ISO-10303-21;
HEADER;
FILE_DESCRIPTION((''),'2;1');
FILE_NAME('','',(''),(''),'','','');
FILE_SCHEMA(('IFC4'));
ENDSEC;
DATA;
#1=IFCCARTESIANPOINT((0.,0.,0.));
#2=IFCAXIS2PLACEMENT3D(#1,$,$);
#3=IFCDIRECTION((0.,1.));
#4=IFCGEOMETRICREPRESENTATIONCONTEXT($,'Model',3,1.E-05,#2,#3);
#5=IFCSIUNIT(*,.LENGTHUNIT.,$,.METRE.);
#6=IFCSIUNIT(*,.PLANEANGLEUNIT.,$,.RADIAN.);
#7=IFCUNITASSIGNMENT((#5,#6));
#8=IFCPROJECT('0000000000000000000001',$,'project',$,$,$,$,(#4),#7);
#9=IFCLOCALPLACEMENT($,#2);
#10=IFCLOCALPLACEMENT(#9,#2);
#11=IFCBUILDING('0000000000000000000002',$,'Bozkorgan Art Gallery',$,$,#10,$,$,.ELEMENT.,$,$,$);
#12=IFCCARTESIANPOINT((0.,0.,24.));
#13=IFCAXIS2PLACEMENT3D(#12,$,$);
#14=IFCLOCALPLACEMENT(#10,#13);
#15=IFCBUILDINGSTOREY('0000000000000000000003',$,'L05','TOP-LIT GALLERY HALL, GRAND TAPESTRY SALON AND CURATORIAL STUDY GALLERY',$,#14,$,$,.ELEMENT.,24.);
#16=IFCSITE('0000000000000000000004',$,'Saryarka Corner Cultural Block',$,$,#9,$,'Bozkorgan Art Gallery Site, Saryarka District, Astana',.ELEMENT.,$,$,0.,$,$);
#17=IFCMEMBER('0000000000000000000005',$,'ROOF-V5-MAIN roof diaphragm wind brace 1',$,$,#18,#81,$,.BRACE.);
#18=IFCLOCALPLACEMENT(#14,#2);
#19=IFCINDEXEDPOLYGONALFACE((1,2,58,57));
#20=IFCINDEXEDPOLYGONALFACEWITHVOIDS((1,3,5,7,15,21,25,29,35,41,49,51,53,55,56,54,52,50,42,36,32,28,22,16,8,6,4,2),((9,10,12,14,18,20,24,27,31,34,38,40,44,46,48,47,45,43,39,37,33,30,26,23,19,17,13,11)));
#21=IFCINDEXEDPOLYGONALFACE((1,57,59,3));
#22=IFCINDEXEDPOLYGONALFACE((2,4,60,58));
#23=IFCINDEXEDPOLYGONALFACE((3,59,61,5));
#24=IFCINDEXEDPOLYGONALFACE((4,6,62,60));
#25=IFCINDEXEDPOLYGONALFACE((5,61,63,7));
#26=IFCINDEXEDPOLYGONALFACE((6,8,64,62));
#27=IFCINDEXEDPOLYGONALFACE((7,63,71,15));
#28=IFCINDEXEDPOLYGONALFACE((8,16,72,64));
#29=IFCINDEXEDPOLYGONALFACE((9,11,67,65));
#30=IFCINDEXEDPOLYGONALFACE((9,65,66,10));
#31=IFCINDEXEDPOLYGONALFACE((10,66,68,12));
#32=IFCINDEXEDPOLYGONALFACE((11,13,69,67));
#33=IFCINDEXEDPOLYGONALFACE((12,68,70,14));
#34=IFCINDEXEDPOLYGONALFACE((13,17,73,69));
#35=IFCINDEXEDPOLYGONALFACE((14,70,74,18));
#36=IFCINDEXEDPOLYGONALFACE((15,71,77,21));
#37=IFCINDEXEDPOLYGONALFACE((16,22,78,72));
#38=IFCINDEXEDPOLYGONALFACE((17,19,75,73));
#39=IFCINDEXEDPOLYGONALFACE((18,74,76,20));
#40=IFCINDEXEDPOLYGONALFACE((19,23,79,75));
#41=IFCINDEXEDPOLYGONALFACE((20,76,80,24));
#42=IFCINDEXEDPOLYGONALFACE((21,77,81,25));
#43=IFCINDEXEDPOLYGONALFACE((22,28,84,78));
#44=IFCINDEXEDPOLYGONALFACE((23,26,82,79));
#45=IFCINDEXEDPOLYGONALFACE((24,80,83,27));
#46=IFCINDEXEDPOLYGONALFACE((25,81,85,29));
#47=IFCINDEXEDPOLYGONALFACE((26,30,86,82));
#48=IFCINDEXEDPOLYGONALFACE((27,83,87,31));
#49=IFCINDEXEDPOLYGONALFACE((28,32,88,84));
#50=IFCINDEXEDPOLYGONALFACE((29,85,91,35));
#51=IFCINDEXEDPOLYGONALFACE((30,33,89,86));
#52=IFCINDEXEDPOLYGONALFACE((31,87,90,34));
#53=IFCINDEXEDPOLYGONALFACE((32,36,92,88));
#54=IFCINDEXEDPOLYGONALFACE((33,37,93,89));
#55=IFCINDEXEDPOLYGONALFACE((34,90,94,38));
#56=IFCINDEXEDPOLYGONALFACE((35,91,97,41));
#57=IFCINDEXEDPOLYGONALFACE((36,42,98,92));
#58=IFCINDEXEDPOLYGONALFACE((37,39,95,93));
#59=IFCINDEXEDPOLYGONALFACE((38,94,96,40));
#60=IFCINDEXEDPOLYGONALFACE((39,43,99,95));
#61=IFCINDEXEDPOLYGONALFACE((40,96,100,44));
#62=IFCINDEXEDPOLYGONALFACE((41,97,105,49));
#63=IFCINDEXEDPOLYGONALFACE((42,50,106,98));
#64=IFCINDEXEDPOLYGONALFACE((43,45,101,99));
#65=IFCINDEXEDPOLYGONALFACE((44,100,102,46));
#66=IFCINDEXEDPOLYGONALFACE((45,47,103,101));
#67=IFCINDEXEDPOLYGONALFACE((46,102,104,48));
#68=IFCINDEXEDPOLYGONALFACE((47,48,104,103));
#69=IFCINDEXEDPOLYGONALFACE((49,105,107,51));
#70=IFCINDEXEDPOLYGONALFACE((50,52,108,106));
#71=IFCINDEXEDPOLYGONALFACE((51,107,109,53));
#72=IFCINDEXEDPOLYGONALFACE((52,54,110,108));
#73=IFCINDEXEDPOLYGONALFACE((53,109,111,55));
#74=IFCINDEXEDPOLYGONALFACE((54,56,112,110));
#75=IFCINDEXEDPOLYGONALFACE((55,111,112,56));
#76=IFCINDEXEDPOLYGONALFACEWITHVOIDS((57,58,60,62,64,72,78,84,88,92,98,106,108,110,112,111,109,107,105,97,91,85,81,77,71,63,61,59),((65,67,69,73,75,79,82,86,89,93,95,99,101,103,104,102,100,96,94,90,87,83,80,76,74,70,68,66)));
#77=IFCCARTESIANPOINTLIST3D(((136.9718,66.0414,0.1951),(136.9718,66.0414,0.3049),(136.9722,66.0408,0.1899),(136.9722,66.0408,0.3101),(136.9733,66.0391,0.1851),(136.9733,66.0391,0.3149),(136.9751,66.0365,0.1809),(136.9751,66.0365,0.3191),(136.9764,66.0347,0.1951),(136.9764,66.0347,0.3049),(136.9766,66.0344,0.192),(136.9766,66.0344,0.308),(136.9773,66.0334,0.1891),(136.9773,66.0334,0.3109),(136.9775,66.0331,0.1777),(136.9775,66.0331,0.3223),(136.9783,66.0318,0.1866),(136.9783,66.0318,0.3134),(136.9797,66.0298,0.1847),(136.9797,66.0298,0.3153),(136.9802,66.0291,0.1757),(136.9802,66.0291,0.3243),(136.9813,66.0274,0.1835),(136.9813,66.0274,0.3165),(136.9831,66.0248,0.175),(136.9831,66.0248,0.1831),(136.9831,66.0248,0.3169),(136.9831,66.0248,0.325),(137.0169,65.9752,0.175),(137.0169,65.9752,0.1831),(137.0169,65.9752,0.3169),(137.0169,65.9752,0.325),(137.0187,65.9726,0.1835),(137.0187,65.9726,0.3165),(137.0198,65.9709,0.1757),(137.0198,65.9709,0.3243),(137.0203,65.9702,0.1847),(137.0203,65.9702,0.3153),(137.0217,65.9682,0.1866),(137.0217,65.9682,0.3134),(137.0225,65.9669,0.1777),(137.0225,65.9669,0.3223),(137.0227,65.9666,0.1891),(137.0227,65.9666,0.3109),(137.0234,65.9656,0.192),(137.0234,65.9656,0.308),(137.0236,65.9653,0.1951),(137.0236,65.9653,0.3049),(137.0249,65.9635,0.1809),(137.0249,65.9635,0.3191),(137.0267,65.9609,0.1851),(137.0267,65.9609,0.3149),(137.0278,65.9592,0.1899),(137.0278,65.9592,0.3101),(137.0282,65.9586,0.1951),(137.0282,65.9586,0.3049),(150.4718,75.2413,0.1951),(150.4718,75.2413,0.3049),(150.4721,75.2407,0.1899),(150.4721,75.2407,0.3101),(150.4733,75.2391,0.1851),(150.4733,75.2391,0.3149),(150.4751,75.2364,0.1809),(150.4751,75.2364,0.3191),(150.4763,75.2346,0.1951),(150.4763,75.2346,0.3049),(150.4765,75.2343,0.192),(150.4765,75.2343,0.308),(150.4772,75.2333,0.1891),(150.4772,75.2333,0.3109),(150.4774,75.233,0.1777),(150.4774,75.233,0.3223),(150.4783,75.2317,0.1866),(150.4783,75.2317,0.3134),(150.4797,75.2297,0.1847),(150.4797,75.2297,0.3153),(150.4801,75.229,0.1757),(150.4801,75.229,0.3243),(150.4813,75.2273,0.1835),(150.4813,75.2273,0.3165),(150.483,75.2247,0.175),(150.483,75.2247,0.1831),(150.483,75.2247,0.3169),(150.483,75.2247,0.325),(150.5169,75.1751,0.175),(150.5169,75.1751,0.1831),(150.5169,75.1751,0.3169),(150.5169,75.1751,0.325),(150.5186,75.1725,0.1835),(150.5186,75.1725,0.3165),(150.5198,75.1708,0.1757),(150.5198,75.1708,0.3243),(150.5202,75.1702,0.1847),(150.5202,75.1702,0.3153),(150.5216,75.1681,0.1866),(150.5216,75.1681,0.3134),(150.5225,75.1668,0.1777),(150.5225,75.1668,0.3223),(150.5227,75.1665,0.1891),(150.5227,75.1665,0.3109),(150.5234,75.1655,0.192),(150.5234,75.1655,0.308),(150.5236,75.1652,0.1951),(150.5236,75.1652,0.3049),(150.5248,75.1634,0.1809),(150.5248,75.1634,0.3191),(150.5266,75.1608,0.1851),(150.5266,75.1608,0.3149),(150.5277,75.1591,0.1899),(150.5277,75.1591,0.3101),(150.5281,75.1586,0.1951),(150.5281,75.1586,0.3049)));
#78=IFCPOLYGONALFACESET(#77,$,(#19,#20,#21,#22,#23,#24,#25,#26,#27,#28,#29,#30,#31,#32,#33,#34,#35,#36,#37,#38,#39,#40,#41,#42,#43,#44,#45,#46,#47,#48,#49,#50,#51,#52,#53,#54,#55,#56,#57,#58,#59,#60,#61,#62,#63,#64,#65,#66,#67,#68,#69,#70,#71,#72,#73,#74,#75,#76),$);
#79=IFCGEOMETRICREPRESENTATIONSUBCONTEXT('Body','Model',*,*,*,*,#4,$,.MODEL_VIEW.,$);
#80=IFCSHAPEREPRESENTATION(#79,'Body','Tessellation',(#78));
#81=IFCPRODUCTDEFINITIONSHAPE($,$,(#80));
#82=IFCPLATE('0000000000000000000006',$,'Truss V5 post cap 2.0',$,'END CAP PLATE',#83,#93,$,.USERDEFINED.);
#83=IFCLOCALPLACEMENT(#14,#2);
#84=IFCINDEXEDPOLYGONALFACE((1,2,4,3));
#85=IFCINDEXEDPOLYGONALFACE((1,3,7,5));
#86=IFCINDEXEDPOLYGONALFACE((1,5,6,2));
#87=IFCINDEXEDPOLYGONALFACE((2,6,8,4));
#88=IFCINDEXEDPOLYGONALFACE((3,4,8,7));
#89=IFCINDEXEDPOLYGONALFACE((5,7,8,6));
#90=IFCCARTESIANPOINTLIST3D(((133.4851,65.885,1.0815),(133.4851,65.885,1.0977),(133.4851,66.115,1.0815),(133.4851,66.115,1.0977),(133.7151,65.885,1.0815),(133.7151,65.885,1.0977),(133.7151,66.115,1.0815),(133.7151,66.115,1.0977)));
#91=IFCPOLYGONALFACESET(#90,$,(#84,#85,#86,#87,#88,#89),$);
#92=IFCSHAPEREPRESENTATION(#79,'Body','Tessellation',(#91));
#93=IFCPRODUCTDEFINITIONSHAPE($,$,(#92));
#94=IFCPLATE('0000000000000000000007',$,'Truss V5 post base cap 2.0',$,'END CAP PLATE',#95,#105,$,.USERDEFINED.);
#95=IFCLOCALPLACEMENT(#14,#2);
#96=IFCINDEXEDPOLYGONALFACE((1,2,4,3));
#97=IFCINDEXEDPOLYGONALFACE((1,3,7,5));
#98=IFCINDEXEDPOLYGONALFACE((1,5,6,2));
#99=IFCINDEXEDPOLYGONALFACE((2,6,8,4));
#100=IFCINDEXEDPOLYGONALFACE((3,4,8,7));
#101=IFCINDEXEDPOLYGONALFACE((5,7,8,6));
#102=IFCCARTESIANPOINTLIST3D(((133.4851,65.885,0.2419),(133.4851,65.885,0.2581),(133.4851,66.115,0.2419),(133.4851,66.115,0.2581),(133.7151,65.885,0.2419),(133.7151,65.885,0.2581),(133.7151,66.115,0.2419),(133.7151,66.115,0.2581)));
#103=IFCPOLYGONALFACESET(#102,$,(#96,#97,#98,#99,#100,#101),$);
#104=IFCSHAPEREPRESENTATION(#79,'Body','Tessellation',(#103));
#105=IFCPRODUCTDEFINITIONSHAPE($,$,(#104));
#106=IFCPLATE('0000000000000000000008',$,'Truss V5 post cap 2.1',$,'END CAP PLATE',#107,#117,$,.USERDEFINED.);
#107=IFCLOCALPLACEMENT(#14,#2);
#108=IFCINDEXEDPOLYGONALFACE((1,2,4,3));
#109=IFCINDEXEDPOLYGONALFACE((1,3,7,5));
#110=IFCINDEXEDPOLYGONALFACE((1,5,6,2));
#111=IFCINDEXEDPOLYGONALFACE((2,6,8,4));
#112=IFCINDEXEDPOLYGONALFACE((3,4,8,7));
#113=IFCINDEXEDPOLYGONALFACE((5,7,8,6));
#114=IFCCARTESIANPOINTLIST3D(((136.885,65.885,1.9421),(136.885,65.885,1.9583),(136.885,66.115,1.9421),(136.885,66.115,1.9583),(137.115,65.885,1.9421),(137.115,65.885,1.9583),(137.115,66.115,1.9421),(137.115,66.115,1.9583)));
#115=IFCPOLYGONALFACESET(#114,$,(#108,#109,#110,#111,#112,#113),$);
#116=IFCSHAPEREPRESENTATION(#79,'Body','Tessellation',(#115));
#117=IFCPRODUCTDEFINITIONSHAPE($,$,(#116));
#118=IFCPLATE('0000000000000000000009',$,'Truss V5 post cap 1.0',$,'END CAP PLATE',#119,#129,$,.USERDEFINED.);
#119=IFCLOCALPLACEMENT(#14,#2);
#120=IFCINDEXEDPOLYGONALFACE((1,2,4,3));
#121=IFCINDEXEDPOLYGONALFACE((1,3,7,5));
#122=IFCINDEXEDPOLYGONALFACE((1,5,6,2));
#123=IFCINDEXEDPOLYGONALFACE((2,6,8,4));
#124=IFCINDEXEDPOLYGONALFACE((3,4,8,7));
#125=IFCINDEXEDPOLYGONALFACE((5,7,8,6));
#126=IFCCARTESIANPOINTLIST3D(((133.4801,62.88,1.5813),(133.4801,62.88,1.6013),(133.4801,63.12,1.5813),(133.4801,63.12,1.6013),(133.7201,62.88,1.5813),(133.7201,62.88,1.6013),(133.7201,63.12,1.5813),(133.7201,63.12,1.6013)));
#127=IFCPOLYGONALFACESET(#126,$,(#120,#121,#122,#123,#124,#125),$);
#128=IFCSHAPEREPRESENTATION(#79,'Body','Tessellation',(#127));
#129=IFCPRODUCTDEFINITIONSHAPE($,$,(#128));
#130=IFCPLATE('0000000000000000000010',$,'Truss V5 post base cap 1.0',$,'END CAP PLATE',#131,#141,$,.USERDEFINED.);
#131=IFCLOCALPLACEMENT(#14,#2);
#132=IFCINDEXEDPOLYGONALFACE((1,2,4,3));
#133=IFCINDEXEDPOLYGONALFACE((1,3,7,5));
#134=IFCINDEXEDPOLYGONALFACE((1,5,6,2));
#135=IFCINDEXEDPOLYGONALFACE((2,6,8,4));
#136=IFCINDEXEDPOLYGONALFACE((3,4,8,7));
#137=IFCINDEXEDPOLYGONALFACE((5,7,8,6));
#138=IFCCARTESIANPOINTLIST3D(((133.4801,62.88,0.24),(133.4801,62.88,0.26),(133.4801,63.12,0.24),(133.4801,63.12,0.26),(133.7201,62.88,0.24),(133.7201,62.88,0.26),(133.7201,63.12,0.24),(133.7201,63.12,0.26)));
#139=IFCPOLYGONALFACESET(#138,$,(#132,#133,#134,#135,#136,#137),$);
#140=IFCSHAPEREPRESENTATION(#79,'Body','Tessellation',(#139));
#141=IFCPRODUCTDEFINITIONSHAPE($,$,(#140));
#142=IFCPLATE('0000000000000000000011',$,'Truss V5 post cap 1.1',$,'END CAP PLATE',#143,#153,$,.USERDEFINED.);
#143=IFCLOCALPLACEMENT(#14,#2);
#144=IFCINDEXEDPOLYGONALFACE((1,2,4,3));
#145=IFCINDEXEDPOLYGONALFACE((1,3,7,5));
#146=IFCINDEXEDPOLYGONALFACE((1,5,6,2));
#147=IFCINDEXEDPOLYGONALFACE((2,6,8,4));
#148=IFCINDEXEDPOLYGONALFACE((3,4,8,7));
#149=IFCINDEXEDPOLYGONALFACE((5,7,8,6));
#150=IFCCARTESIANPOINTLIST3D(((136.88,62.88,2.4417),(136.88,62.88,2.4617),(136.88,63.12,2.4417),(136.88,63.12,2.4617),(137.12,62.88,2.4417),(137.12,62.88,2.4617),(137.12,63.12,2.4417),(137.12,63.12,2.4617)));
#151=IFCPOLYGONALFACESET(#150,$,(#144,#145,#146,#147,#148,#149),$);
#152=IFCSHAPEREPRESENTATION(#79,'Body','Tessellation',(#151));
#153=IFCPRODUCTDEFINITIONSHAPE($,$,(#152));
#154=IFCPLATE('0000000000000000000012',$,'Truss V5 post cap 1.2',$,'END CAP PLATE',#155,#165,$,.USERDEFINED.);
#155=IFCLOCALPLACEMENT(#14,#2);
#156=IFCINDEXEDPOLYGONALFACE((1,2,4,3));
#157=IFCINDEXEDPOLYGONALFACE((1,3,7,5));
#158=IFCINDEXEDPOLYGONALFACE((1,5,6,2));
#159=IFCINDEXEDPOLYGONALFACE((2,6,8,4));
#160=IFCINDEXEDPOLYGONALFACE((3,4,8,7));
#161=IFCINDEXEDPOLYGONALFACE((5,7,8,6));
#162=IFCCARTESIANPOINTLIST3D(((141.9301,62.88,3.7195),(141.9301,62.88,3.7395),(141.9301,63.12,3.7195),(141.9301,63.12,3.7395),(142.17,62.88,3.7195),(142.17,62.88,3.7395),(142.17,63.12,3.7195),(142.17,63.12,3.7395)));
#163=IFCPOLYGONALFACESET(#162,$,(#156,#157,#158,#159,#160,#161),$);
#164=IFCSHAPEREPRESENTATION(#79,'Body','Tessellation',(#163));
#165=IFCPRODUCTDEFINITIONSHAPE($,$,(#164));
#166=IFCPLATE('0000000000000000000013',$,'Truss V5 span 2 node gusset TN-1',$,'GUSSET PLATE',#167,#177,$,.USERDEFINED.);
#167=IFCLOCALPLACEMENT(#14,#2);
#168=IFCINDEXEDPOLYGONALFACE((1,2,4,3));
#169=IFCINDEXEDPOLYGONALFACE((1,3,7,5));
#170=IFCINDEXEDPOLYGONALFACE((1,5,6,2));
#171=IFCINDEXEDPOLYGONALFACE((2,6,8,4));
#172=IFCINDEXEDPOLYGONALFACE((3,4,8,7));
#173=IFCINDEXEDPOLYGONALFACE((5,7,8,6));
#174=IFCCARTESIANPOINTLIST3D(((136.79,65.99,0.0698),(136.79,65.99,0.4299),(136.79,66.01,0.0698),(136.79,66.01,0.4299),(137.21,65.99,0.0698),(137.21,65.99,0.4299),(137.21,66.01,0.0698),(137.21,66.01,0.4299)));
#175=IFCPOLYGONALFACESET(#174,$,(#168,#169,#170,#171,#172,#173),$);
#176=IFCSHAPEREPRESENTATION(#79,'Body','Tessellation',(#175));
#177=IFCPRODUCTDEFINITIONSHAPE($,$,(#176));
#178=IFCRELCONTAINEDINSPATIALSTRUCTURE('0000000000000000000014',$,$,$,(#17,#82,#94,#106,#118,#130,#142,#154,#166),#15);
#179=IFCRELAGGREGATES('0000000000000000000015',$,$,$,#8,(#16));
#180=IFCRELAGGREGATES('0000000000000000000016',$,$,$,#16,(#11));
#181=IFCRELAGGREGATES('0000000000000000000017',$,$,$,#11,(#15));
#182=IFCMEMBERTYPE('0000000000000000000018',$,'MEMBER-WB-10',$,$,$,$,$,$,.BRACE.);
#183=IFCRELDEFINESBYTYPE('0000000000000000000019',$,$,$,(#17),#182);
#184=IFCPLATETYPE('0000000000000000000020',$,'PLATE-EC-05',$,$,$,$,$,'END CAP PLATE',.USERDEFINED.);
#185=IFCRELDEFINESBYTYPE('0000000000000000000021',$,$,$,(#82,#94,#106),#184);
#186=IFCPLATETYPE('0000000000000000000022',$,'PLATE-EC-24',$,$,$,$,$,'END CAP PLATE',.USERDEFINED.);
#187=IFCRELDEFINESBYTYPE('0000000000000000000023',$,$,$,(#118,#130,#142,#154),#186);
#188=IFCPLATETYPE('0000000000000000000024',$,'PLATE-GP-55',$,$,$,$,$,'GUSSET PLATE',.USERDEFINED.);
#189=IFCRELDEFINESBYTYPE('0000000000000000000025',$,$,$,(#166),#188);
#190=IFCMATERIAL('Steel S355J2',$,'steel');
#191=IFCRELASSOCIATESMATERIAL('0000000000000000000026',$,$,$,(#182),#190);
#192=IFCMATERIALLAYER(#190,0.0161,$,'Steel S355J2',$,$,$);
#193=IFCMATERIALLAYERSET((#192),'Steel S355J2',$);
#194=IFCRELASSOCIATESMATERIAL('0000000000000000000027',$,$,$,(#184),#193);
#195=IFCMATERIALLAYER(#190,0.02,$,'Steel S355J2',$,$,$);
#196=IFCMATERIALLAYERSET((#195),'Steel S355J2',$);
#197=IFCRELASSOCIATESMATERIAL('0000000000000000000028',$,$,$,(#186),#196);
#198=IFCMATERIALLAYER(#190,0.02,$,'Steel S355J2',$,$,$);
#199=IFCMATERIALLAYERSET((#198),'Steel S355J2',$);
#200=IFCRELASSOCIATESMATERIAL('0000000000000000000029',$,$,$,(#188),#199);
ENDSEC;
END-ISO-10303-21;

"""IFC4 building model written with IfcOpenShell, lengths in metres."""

from ifc_helpers import new_model, si_unit, direction, frame, origin, origin_2d, place, context, subcontext, project, spatial, rectangle, hollow_rectangle, extrude, material, layer, layer_set, material_profile, profile_set, type_object, element, save


model = new_model("IFC4")

# Units and contexts
model_context = context("Model", 3, precision=1e-05, world=origin(), true_north=direction((0.0, 1.0)))
body_context = subcontext(model_context, "Body", "Model", "MODEL_VIEW")
ifc_project = project(units=[si_unit("LENGTHUNIT", "METRE"), si_unit("PLANEANGLEUNIT", "RADIAN")], contexts=[model_context])

# Site, building, storey
site_placement = place(None, origin())
site = spatial("IfcSite", under=ifc_project, at=site_placement, Name="Saryarka Corner Cultural Block", LongName="Bozkorgan Art Gallery Site, Saryarka District, Astana", CompositionType="ELEMENT", RefElevation=0.0)
building_placement = place(site_placement, origin())
building = spatial("IfcBuilding", under=site, at=building_placement, Name="Bozkorgan Art Gallery", CompositionType="ELEMENT")
storey_placement = place(building_placement, frame((0.0, 0.0, 24.0)))
storey = spatial("IfcBuildingStorey", under=building, at=storey_placement, Name="L05", Description="TOP-LIT GALLERY HALL, GRAND TAPESTRY SALON AND CURATORIAL STUDY GALLERY", CompositionType="ELEMENT", Elevation=24.0)

# Shared definitions
ifc_material = material(Name="Steel S355J2", Category="steel")

# Member
ifc_material_profile_1 = material_profile(ifc_material, hollow_rectangle(XDim=0.1001, YDim=0.1499, WallThickness=0.0081, InnerFilletRadius=0.012, OuterFilletRadius=0.02, at=origin_2d()), Name="RHS 150x100x8")
ifc_profile_set_1 = profile_set([ifc_material_profile_1], Name="Steel S355J2")
member_type_1 = type_object("IfcMemberType", Name="MEMBER-WB-10", PredefinedType="BRACE", material=ifc_profile_set_1)
member_1_placement = place(storey_placement, frame((137.0, 66.0, 0.25), z_axis=(0.826358, 0.563145, 0.0), x_axis=(-0.563145, 0.826358, 0.0)))
element("IfcMember", 1, at=member_1_placement, inside=storey, type_object=member_type_1, Name="ROOF-V5-MAIN roof diaphragm wind brace 1", PredefinedType="BRACE", context=body_context, shape_type="SweptSolid", body=[
    extrude(hollow_rectangle(XDim=0.1001, YDim=0.1499, WallThickness=0.0081, InnerFilletRadius=0.012, OuterFilletRadius=0.02, at=origin_2d()), origin(), (0.0, 0.0, 1.0), 16.3367),
])

# Plates
ifc_layer_1 = layer(ifc_material, 0.0161, Name="Steel S355J2")
ifc_layer_set_1 = layer_set([ifc_layer_1], Name="Steel S355J2")
plate_type_1 = type_object("IfcPlateType", Name="PLATE-EC-05", ElementType="END CAP PLATE", PredefinedType="USERDEFINED", material=ifc_layer_set_1)
for number, where, z_axis, x_axis, name in (
    (2, (133.6001, 66.0, 1.0815), (0.0, 0.0, 1.0), (1.0, 0.0, 0.0), "Truss V5 post cap 2.0"),
    (3, (133.6001, 66.0, 0.2419), (0.0, 0.0, 1.0), (1.0, 0.0, 0.0), "Truss V5 post base cap 2.0"),
    (4, (137.0, 66.0, 1.9421), (0.0, 0.0, 1.0), (1.0, 0.0, 0.0), "Truss V5 post cap 2.1"),
):
    element("IfcPlate", number, at=place(storey_placement, frame(where, z_axis=z_axis, x_axis=x_axis)), inside=storey, type_object=plate_type_1, Name=name, ObjectType="END CAP PLATE", PredefinedType="USERDEFINED", context=body_context, shape_type="SweptSolid", body=[
        extrude(rectangle(XDim=0.23, YDim=0.23, at=origin_2d()), origin(), (0.0, 0.0, 1.0), 0.0161),
    ])
ifc_layer_2 = layer(ifc_material, 0.02, Name="Steel S355J2")
ifc_layer_set_2 = layer_set([ifc_layer_2], Name="Steel S355J2")
plate_type_2 = type_object("IfcPlateType", Name="PLATE-EC-24", ElementType="END CAP PLATE", PredefinedType="USERDEFINED", material=ifc_layer_set_2)
for number, where, z_axis, x_axis, name in (
    (5, (133.6001, 63.0, 1.5813), (0.0, 0.0, 1.0), (1.0, 0.0, 0.0), "Truss V5 post cap 1.0"),
    (6, (133.6001, 63.0, 0.24), (0.0, 0.0, 1.0), (1.0, 0.0, 0.0), "Truss V5 post base cap 1.0"),
    (7, (137.0, 63.0, 2.4417), (0.0, 0.0, 1.0), (1.0, 0.0, 0.0), "Truss V5 post cap 1.1"),
    (8, (142.05, 63.0, 3.7195), (0.0, 0.0, 1.0), (1.0, 0.0, 0.0), "Truss V5 post cap 1.2"),
):
    element("IfcPlate", number, at=place(storey_placement, frame(where, z_axis=z_axis, x_axis=x_axis)), inside=storey, type_object=plate_type_2, Name=name, ObjectType="END CAP PLATE", PredefinedType="USERDEFINED", context=body_context, shape_type="SweptSolid", body=[
        extrude(rectangle(XDim=0.24, YDim=0.24, at=origin_2d()), origin(), (0.0, 0.0, 1.0), 0.02),
    ])
ifc_layer_3 = layer(ifc_material, 0.02, Name="Steel S355J2")
ifc_layer_set_3 = layer_set([ifc_layer_3], Name="Steel S355J2")
plate_type_3 = type_object("IfcPlateType", Name="PLATE-GP-55", ElementType="GUSSET PLATE", PredefinedType="USERDEFINED", material=ifc_layer_set_3)
plate_placement = place(storey_placement, frame((137.0, 66.0, 0.0698), z_axis=(0.0, 0.0, 1.0), x_axis=(1.0, 0.0, 0.0)))
element("IfcPlate", 9, at=plate_placement, inside=storey, type_object=plate_type_3, Name="Truss V5 span 2 node gusset TN-1", ObjectType="GUSSET PLATE", PredefinedType="USERDEFINED", context=body_context, shape_type="SweptSolid", body=[
    extrude(rectangle(XDim=0.4199, YDim=0.02, at=origin_2d()), origin(), (0.0, 0.0, 1.0), 0.3601),
])

save(model, "model.ifc")
